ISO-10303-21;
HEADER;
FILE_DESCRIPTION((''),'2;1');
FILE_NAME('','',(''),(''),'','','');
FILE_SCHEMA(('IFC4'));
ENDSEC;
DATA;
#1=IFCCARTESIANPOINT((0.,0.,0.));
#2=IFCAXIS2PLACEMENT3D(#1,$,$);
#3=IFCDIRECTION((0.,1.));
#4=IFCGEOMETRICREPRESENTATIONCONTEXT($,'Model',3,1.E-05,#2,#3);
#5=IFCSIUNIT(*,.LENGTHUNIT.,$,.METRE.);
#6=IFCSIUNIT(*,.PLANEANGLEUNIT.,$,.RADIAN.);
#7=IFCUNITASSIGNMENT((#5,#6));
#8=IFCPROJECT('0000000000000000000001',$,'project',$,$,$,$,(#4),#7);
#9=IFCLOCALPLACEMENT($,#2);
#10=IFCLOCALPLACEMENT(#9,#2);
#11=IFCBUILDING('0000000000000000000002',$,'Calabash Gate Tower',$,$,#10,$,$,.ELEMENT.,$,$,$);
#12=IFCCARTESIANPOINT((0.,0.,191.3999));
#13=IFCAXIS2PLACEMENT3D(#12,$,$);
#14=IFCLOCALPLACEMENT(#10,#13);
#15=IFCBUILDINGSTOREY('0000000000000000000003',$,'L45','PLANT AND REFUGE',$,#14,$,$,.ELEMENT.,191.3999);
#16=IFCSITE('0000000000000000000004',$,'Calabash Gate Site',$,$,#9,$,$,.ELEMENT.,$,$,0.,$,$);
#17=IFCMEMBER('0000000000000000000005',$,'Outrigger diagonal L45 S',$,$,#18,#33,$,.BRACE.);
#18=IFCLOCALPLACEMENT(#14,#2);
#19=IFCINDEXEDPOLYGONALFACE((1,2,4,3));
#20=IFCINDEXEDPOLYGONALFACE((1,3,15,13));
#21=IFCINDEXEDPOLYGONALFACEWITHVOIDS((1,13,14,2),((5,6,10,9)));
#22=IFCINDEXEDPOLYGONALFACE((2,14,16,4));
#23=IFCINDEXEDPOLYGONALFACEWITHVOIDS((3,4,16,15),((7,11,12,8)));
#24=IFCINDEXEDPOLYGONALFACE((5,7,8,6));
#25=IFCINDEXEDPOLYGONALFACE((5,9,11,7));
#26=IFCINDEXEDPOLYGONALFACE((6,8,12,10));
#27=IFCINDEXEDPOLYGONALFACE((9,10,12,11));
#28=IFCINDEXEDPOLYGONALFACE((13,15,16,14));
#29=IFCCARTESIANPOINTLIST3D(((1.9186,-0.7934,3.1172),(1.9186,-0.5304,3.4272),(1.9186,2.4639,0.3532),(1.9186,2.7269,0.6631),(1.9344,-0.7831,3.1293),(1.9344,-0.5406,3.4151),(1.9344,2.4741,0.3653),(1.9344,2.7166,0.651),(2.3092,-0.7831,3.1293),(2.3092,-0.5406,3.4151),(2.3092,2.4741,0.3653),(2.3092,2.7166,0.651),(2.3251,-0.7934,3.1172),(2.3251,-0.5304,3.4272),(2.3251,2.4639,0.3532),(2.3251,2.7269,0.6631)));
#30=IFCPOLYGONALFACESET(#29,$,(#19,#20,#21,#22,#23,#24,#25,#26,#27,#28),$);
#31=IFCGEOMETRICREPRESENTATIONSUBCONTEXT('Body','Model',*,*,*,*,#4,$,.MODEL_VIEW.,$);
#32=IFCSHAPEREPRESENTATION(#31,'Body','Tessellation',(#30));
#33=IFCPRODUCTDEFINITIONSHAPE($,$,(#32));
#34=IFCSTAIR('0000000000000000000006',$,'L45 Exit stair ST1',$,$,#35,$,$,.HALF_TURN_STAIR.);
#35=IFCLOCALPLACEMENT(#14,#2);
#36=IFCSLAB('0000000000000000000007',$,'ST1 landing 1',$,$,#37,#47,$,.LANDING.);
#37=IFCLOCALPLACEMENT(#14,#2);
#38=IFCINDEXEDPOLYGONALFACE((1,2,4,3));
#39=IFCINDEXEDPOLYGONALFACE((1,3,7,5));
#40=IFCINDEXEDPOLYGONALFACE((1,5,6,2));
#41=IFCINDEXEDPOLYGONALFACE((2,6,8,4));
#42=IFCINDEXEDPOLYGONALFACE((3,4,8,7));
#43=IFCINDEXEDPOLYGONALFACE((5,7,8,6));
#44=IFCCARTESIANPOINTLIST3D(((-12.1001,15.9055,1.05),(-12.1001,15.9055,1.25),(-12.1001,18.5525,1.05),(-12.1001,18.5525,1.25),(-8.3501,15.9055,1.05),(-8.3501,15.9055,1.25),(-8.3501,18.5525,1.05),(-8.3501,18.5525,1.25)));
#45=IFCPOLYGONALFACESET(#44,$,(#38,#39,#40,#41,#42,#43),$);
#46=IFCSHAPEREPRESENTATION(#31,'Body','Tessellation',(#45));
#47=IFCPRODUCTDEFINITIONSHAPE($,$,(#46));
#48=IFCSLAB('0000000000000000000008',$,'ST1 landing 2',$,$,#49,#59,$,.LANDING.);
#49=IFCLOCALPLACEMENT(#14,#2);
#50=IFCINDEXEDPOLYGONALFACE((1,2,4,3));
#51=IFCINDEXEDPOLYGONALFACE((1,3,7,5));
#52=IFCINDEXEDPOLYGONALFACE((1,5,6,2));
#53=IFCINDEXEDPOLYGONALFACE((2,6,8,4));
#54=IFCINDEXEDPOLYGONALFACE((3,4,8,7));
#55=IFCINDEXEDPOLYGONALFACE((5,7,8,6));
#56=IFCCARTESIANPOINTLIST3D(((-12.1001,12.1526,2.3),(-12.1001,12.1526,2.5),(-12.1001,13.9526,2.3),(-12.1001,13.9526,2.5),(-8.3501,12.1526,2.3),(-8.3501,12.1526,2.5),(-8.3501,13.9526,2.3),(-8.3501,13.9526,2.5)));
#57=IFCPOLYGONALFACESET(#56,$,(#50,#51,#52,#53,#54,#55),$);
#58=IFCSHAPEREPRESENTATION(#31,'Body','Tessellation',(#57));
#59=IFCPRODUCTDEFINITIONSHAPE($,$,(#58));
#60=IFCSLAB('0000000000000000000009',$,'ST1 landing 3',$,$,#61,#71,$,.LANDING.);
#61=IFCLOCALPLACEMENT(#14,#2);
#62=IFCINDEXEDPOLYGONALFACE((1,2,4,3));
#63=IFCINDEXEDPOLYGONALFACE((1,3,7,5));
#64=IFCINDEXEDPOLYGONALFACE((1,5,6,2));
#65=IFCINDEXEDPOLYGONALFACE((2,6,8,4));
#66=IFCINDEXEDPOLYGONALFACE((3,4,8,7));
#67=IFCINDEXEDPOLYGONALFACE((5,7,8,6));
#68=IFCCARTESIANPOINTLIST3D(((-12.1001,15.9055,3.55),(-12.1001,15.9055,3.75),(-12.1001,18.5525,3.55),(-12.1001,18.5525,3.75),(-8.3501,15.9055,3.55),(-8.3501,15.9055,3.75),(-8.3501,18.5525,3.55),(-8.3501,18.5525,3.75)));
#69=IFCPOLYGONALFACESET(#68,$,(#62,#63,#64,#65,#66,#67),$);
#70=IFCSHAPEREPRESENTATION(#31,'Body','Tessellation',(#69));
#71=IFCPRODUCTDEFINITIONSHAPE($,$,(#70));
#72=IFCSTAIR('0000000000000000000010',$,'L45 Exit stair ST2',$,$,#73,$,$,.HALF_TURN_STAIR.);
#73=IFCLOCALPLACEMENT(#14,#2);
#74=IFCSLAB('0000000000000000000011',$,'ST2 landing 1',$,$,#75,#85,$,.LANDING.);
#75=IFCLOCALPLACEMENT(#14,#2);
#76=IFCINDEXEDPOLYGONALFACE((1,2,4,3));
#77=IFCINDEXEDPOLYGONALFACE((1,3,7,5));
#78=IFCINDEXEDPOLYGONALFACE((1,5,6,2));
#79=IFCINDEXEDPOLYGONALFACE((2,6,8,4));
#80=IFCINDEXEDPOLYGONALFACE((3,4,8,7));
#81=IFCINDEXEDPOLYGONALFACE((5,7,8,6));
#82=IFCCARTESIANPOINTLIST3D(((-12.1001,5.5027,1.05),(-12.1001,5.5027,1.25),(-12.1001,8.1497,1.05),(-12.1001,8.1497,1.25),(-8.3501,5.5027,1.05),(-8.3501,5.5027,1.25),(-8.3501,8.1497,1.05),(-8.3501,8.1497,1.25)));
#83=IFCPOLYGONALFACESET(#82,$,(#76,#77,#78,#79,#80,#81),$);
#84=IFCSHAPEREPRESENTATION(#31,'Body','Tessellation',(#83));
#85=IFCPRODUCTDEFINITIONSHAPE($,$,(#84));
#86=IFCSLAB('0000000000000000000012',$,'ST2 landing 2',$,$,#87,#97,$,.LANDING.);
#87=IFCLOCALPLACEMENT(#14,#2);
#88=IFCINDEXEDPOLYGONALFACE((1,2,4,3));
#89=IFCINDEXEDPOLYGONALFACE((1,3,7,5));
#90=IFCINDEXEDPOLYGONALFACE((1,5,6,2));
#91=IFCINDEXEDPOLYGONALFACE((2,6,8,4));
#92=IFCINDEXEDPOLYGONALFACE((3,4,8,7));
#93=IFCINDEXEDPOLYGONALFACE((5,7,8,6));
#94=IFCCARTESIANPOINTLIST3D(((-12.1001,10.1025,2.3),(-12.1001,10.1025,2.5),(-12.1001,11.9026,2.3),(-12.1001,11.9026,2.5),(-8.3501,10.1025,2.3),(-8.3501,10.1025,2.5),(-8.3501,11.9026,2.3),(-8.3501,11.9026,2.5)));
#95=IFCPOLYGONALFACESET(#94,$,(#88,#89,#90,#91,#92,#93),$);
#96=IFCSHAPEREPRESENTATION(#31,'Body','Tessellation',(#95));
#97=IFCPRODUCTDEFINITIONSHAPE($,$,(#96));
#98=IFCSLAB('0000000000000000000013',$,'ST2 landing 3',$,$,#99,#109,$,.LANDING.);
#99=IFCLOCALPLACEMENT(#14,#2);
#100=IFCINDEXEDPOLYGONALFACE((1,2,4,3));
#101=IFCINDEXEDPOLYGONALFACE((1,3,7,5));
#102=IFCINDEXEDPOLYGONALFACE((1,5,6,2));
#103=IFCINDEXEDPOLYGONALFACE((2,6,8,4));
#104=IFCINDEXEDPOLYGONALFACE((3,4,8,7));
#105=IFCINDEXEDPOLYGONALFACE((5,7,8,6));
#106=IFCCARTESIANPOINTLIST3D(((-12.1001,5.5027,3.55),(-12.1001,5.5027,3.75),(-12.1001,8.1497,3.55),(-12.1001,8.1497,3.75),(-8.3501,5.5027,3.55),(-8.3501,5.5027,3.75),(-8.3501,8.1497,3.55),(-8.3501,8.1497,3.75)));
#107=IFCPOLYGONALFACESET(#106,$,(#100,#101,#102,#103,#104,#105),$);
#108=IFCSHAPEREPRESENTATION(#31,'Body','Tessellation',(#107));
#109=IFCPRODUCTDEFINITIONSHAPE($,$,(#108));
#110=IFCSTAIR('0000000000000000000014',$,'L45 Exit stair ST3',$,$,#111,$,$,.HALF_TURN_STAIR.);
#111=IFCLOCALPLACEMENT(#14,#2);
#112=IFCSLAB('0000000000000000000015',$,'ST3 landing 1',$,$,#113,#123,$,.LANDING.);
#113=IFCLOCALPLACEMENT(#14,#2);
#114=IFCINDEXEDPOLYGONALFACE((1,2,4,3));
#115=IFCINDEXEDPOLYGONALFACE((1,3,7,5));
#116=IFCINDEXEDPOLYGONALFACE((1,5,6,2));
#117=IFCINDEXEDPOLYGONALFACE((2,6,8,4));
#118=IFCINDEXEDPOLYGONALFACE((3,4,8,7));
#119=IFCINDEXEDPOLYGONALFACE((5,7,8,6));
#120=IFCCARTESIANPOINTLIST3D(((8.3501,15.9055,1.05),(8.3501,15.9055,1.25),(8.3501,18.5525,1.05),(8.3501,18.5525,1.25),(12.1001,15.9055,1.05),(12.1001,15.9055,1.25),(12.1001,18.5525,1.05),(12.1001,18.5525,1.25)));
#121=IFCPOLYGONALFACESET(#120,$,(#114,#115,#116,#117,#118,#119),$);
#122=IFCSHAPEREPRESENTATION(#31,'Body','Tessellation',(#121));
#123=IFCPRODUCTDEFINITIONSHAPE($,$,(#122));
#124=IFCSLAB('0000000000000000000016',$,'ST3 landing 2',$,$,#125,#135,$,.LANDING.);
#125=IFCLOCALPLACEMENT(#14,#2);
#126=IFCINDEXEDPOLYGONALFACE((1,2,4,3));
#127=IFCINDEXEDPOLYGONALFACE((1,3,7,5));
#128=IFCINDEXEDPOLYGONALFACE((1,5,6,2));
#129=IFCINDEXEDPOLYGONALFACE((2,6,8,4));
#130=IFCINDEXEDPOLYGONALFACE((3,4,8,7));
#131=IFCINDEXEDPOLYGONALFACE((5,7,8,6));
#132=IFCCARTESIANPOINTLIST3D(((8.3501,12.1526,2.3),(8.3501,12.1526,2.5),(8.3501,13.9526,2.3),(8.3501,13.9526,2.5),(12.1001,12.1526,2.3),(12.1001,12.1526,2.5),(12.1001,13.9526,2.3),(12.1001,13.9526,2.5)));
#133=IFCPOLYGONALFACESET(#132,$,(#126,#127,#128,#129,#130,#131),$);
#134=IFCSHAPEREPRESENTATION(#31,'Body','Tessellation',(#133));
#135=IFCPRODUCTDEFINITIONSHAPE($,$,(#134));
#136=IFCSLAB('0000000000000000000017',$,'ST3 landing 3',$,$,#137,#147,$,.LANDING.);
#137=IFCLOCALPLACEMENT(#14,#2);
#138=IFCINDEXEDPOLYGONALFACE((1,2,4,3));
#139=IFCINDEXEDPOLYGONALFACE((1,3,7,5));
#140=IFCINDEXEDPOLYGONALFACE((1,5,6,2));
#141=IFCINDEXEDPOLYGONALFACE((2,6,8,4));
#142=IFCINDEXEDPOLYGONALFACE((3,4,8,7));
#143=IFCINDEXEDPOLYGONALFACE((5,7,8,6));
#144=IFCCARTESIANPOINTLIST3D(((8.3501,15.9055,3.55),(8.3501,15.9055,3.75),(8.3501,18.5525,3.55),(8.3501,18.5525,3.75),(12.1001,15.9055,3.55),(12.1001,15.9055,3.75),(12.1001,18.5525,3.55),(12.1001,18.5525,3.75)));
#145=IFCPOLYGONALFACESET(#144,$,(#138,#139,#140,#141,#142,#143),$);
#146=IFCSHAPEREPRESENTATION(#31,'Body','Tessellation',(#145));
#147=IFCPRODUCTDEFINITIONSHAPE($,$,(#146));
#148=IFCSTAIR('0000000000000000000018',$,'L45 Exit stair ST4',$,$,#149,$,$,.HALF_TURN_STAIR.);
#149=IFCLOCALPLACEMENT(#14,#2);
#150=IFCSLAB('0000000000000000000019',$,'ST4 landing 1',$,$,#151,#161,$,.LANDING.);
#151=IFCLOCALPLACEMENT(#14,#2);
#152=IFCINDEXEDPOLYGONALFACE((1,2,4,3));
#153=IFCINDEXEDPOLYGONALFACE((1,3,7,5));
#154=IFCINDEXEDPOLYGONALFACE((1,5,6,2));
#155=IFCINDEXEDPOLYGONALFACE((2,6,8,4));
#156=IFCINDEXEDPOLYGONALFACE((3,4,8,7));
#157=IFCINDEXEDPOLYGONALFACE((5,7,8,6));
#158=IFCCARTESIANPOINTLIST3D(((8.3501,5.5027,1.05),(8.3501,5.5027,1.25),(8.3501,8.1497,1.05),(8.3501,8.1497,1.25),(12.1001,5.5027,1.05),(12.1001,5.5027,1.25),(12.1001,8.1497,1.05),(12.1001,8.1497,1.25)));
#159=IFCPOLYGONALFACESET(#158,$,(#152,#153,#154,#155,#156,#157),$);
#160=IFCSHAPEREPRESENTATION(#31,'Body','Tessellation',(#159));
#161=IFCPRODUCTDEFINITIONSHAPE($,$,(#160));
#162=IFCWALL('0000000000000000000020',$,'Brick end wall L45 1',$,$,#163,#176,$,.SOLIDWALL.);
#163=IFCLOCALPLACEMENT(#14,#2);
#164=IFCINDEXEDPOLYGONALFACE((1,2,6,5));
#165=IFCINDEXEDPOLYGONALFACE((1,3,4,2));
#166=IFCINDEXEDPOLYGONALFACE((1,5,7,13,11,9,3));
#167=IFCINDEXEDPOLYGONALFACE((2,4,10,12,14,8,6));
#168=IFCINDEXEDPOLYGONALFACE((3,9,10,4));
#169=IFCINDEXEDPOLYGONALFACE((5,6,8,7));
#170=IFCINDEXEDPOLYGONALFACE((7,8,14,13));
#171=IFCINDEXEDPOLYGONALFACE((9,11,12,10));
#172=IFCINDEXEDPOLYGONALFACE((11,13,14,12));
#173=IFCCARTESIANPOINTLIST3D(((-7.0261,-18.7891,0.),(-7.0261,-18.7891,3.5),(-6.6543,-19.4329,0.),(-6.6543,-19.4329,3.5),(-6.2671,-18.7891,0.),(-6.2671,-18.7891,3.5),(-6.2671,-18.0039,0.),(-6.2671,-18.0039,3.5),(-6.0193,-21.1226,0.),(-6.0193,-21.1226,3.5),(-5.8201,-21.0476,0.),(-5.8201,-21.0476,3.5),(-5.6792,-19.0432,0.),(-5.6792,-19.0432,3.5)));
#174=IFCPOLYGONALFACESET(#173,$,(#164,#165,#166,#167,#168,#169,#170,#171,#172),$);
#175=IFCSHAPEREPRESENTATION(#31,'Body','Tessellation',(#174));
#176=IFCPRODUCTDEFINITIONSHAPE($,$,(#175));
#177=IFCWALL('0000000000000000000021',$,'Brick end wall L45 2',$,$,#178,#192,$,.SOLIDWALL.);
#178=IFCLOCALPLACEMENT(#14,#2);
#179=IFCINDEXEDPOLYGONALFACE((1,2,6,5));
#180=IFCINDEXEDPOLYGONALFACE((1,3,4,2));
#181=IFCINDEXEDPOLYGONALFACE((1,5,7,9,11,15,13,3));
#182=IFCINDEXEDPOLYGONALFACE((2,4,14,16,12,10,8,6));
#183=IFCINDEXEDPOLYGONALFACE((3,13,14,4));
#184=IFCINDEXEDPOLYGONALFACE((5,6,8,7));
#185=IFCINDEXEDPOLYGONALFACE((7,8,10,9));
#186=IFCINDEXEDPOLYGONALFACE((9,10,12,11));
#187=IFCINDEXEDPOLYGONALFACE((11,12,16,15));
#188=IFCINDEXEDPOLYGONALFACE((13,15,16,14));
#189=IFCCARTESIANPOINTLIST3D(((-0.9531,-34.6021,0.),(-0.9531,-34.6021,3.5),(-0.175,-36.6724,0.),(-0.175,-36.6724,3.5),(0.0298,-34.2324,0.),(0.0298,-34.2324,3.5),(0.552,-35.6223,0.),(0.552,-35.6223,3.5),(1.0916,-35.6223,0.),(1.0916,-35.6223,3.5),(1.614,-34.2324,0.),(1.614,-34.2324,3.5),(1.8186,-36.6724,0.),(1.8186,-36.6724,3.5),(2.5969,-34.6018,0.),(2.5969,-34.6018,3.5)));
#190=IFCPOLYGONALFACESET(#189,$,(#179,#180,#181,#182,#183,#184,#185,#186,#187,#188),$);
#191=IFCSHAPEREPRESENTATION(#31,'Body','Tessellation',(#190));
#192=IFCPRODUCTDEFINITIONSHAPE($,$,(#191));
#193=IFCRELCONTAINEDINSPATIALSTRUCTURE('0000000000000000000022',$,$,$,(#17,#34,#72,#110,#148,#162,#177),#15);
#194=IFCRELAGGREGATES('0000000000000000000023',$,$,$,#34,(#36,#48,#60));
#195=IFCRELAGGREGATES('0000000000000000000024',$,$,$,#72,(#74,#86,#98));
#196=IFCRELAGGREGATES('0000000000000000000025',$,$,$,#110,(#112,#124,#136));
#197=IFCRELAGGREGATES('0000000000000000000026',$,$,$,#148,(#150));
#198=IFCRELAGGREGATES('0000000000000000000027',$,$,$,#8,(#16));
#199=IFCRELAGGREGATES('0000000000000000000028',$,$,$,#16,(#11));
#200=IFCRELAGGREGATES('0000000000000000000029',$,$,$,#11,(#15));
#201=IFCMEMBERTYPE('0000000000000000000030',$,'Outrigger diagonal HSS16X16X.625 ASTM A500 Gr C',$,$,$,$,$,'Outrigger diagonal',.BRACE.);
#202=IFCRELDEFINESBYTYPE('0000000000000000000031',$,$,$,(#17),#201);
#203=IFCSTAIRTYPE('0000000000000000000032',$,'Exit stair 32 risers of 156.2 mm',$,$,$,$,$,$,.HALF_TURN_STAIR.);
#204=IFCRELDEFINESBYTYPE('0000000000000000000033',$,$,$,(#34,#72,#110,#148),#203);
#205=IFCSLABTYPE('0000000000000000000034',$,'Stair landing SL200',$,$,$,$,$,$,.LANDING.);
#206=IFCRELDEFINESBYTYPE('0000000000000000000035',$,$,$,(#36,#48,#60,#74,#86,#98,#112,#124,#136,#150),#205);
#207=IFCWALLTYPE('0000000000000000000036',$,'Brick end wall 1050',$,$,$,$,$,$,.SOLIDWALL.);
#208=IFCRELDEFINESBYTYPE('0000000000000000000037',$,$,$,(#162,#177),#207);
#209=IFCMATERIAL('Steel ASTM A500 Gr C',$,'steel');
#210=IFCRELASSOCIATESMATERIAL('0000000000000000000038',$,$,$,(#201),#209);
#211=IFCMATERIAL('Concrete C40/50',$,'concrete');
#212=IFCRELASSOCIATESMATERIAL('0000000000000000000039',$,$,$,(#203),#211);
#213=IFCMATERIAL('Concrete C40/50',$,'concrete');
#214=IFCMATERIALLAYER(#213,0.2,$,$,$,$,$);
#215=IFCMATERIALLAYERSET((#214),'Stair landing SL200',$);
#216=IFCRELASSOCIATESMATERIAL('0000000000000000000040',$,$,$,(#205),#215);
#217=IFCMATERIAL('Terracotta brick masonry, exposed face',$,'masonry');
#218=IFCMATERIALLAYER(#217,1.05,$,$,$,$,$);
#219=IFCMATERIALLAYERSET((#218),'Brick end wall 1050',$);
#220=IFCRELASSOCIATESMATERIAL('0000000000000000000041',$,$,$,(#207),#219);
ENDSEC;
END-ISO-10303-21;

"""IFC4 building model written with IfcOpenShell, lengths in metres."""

from ifc_helpers import new_model, si_unit, direction, frame, origin, origin_2d, place, context, subcontext, project, spatial, polyline, hollow_rectangle, outline, extrude, material, layer, layer_set, material_profile, profile_set, type_object, element, aggregate, save


model = new_model("IFC4")

# Units and contexts
model_context = context("Model", 3, precision=1e-05, world=origin(), true_north=direction((0.0, 1.0)))
body_context = subcontext(model_context, "Body", "Model", "MODEL_VIEW")
ifc_project = project(units=[si_unit("LENGTHUNIT", "METRE"), si_unit("PLANEANGLEUNIT", "RADIAN")], contexts=[model_context])

# Site, building, storey
site_placement = place(None, origin())
site = spatial("IfcSite", under=ifc_project, at=site_placement, Name="Calabash Gate Site", CompositionType="ELEMENT", RefElevation=0.0)
building_placement = place(site_placement, origin())
building = spatial("IfcBuilding", under=site, at=building_placement, Name="Calabash Gate Tower", CompositionType="ELEMENT")
storey_placement = place(building_placement, frame((0.0, 0.0, 191.3999)))
storey = spatial("IfcBuildingStorey", under=building, at=storey_placement, Name="L45", Description="PLANT AND REFUGE", CompositionType="ELEMENT", Elevation=191.3999)

# Member
ifc_material_1 = material(Name="Steel ASTM A500 Gr C", Category="steel")
ifc_material_profile = material_profile(ifc_material_1, hollow_rectangle(XDim=0.4065, YDim=0.4065, WallThickness=0.0159, at=origin_2d()))
ifc_profile_set = profile_set([ifc_material_profile], Name="Steel ASTM A500 Gr C")
member_type = type_object("IfcMemberType", Name="Outrigger diagonal HSS16X16X.625 ASTM A500 Gr C", ElementType="Outrigger diagonal", PredefinedType="BRACE", material=ifc_profile_set)
member_placement = place(storey_placement, frame((2.1218, -0.6619, 3.2722), z_axis=(0.0, 0.762466, -0.647028), x_axis=(-1.0, 0.0, 0.0)))
element("IfcMember", 1, at=member_placement, inside=storey, type_object=member_type, Name="Outrigger diagonal L45 S", PredefinedType="BRACE", context=body_context, shape_type="SweptSolid", body=[
    extrude(hollow_rectangle(XDim=0.4065, YDim=0.4065, WallThickness=0.0159, at=origin_2d()), origin(), (0.0, 0.0, 1.0), 4.272),
])

# Stairs, slabs
ifc_material_2 = material(Name="Concrete C40/50", Category="concrete")
stair_type = type_object("IfcStairType", Name="Exit stair 32 risers of 156.2 mm", PredefinedType="HALF_TURN_STAIR", material=ifc_material_2)
stair_1_placement = place(storey_placement, origin())
stair_1 = element("IfcStair", 2, at=stair_1_placement, inside=storey, type_object=stair_type, Name="L45 Exit stair ST1", PredefinedType="HALF_TURN_STAIR")
ifc_material_3 = material(Name="Concrete C40/50", Category="concrete")
ifc_layer_1 = layer(ifc_material_3, 0.2)
ifc_layer_set_1 = layer_set([ifc_layer_1], Name="Stair landing SL200")
slab_type = type_object("IfcSlabType", Name="Stair landing SL200", PredefinedType="LANDING", material=ifc_layer_set_1)
slab_1_placement = place(storey_placement, frame((0.0, 0.0, 1.05)))
slab_1 = element("IfcSlab", 3, at=slab_1_placement, type_object=slab_type, Name="ST1 landing 1", PredefinedType="LANDING", context=body_context, shape_type="SweptSolid", body=[
    extrude(outline(polyline([(-8.3501, 15.9055), (-8.3501, 18.5525), (-12.1001, 18.5525), (-12.1001, 15.9055), (-8.3501, 15.9055)])), origin(), (0.0, 0.0, 1.0), 0.2),
])
slab_2_placement = place(storey_placement, frame((0.0, 0.0, 2.3)))
slab_2 = element("IfcSlab", 4, at=slab_2_placement, type_object=slab_type, Name="ST1 landing 2", PredefinedType="LANDING", context=body_context, shape_type="SweptSolid", body=[
    extrude(outline(polyline([(-8.3501, 12.1526), (-8.3501, 13.9526), (-12.1001, 13.9526), (-12.1001, 12.1526), (-8.3501, 12.1526)])), origin(), (0.0, 0.0, 1.0), 0.2),
])
slab_3_placement = place(storey_placement, frame((0.0, 0.0, 3.55)))
slab_3 = element("IfcSlab", 5, at=slab_3_placement, type_object=slab_type, Name="ST1 landing 3", PredefinedType="LANDING", context=body_context, shape_type="SweptSolid", body=[
    extrude(outline(polyline([(-8.3501, 15.9055), (-8.3501, 18.5525), (-12.1001, 18.5525), (-12.1001, 15.9055), (-8.3501, 15.9055)])), origin(), (0.0, 0.0, 1.0), 0.2),
])
aggregate(stair_1, [slab_1, slab_2, slab_3])
stair_2_placement = place(storey_placement, origin())
stair_2 = element("IfcStair", 6, at=stair_2_placement, inside=storey, type_object=stair_type, Name="L45 Exit stair ST2", PredefinedType="HALF_TURN_STAIR")
slab_4_placement = place(storey_placement, frame((0.0, 0.0, 1.05)))
slab_4 = element("IfcSlab", 7, at=slab_4_placement, type_object=slab_type, Name="ST2 landing 1", PredefinedType="LANDING", context=body_context, shape_type="SweptSolid", body=[
    extrude(outline(polyline([(-12.1001, 8.1497), (-12.1001, 5.5027), (-8.3501, 5.5027), (-8.3501, 8.1497), (-12.1001, 8.1497)])), origin(), (0.0, 0.0, 1.0), 0.2),
])
slab_5_placement = place(storey_placement, frame((0.0, 0.0, 2.3)))
slab_5 = element("IfcSlab", 8, at=slab_5_placement, type_object=slab_type, Name="ST2 landing 2", PredefinedType="LANDING", context=body_context, shape_type="SweptSolid", body=[
    extrude(outline(polyline([(-12.1001, 11.9026), (-12.1001, 10.1025), (-8.3501, 10.1025), (-8.3501, 11.9026), (-12.1001, 11.9026)])), origin(), (0.0, 0.0, 1.0), 0.2),
])
slab_6_placement = place(storey_placement, frame((0.0, 0.0, 3.55)))
slab_6 = element("IfcSlab", 9, at=slab_6_placement, type_object=slab_type, Name="ST2 landing 3", PredefinedType="LANDING", context=body_context, shape_type="SweptSolid", body=[
    extrude(outline(polyline([(-12.1001, 8.1497), (-12.1001, 5.5027), (-8.3501, 5.5027), (-8.3501, 8.1497), (-12.1001, 8.1497)])), origin(), (0.0, 0.0, 1.0), 0.2),
])
aggregate(stair_2, [slab_4, slab_5, slab_6])
stair_3_placement = place(storey_placement, origin())
stair_3 = element("IfcStair", 10, at=stair_3_placement, inside=storey, type_object=stair_type, Name="L45 Exit stair ST3", PredefinedType="HALF_TURN_STAIR")
slab_7_placement = place(storey_placement, frame((0.0, 0.0, 1.05)))
slab_7 = element("IfcSlab", 11, at=slab_7_placement, type_object=slab_type, Name="ST3 landing 1", PredefinedType="LANDING", context=body_context, shape_type="SweptSolid", body=[
    extrude(outline(polyline([(12.1001, 15.9055), (12.1001, 18.5525), (8.3501, 18.5525), (8.3501, 15.9055), (12.1001, 15.9055)])), origin(), (0.0, 0.0, 1.0), 0.2),
])
slab_8_placement = place(storey_placement, frame((0.0, 0.0, 2.3)))
slab_8 = element("IfcSlab", 12, at=slab_8_placement, type_object=slab_type, Name="ST3 landing 2", PredefinedType="LANDING", context=body_context, shape_type="SweptSolid", body=[
    extrude(outline(polyline([(12.1001, 12.1526), (12.1001, 13.9526), (8.3501, 13.9526), (8.3501, 12.1526), (12.1001, 12.1526)])), origin(), (0.0, 0.0, 1.0), 0.2),
])
slab_9_placement = place(storey_placement, frame((0.0, 0.0, 3.55)))
slab_9 = element("IfcSlab", 13, at=slab_9_placement, type_object=slab_type, Name="ST3 landing 3", PredefinedType="LANDING", context=body_context, shape_type="SweptSolid", body=[
    extrude(outline(polyline([(12.1001, 15.9055), (12.1001, 18.5525), (8.3501, 18.5525), (8.3501, 15.9055), (12.1001, 15.9055)])), origin(), (0.0, 0.0, 1.0), 0.2),
])
aggregate(stair_3, [slab_7, slab_8, slab_9])

# Stair, slab
stair_4_placement = place(storey_placement, origin())
stair_4 = element("IfcStair", 14, at=stair_4_placement, inside=storey, type_object=stair_type, Name="L45 Exit stair ST4", PredefinedType="HALF_TURN_STAIR")
slab_10_placement = place(storey_placement, frame((0.0, 0.0, 1.05)))
slab_10 = element("IfcSlab", 15, at=slab_10_placement, type_object=slab_type, Name="ST4 landing 1", PredefinedType="LANDING", context=body_context, shape_type="SweptSolid", body=[
    extrude(outline(polyline([(8.3501, 8.1497), (8.3501, 5.5027), (12.1001, 5.5027), (12.1001, 8.1497), (8.3501, 8.1497)])), origin(), (0.0, 0.0, 1.0), 0.2),
])
aggregate(stair_4, [slab_10])

# Walls
ifc_material_4 = material(Name="Terracotta brick masonry, exposed face", Category="masonry")
ifc_layer_2 = layer(ifc_material_4, 1.05)
ifc_layer_set_2 = layer_set([ifc_layer_2], Name="Brick end wall 1050")
wall_type_1 = type_object("IfcWallType", Name="Brick end wall 1050", PredefinedType="SOLIDWALL", material=ifc_layer_set_2)
wall_1_placement = place(storey_placement, origin())
element("IfcWall", 16, at=wall_1_placement, inside=storey, type_object=wall_type_1, Name="Brick end wall L45 1", PredefinedType="SOLIDWALL", context=body_context, shape_type="SweptSolid", body=[
    extrude(outline(polyline([(-5.6792, -19.0432), (-6.2671, -18.0039), (-6.2671, -18.7891), (-7.0261, -18.7891), (-6.6543, -19.4329), (-6.0193, -21.1226), (-5.8201, -21.0476), (-5.6792, -19.0432)])), origin(), (0.0, 0.0, 1.0), 3.5),
])
wall_2_placement = place(storey_placement, origin())
element("IfcWall", 17, at=wall_2_placement, inside=storey, type_object=wall_type_1, Name="Brick end wall L45 2", PredefinedType="SOLIDWALL", context=body_context, shape_type="SweptSolid", body=[
    extrude(outline(polyline([(0.0298, -34.2324), (-0.9531, -34.6021), (-0.175, -36.6724), (1.8186, -36.6724), (2.5969, -34.6018), (1.614, -34.2324), (1.0916, -35.6223), (0.552, -35.6223), (0.0298, -34.2324)])), origin(), (0.0, 0.0, 1.0), 3.5),
])

save(model, "model.ifc")
